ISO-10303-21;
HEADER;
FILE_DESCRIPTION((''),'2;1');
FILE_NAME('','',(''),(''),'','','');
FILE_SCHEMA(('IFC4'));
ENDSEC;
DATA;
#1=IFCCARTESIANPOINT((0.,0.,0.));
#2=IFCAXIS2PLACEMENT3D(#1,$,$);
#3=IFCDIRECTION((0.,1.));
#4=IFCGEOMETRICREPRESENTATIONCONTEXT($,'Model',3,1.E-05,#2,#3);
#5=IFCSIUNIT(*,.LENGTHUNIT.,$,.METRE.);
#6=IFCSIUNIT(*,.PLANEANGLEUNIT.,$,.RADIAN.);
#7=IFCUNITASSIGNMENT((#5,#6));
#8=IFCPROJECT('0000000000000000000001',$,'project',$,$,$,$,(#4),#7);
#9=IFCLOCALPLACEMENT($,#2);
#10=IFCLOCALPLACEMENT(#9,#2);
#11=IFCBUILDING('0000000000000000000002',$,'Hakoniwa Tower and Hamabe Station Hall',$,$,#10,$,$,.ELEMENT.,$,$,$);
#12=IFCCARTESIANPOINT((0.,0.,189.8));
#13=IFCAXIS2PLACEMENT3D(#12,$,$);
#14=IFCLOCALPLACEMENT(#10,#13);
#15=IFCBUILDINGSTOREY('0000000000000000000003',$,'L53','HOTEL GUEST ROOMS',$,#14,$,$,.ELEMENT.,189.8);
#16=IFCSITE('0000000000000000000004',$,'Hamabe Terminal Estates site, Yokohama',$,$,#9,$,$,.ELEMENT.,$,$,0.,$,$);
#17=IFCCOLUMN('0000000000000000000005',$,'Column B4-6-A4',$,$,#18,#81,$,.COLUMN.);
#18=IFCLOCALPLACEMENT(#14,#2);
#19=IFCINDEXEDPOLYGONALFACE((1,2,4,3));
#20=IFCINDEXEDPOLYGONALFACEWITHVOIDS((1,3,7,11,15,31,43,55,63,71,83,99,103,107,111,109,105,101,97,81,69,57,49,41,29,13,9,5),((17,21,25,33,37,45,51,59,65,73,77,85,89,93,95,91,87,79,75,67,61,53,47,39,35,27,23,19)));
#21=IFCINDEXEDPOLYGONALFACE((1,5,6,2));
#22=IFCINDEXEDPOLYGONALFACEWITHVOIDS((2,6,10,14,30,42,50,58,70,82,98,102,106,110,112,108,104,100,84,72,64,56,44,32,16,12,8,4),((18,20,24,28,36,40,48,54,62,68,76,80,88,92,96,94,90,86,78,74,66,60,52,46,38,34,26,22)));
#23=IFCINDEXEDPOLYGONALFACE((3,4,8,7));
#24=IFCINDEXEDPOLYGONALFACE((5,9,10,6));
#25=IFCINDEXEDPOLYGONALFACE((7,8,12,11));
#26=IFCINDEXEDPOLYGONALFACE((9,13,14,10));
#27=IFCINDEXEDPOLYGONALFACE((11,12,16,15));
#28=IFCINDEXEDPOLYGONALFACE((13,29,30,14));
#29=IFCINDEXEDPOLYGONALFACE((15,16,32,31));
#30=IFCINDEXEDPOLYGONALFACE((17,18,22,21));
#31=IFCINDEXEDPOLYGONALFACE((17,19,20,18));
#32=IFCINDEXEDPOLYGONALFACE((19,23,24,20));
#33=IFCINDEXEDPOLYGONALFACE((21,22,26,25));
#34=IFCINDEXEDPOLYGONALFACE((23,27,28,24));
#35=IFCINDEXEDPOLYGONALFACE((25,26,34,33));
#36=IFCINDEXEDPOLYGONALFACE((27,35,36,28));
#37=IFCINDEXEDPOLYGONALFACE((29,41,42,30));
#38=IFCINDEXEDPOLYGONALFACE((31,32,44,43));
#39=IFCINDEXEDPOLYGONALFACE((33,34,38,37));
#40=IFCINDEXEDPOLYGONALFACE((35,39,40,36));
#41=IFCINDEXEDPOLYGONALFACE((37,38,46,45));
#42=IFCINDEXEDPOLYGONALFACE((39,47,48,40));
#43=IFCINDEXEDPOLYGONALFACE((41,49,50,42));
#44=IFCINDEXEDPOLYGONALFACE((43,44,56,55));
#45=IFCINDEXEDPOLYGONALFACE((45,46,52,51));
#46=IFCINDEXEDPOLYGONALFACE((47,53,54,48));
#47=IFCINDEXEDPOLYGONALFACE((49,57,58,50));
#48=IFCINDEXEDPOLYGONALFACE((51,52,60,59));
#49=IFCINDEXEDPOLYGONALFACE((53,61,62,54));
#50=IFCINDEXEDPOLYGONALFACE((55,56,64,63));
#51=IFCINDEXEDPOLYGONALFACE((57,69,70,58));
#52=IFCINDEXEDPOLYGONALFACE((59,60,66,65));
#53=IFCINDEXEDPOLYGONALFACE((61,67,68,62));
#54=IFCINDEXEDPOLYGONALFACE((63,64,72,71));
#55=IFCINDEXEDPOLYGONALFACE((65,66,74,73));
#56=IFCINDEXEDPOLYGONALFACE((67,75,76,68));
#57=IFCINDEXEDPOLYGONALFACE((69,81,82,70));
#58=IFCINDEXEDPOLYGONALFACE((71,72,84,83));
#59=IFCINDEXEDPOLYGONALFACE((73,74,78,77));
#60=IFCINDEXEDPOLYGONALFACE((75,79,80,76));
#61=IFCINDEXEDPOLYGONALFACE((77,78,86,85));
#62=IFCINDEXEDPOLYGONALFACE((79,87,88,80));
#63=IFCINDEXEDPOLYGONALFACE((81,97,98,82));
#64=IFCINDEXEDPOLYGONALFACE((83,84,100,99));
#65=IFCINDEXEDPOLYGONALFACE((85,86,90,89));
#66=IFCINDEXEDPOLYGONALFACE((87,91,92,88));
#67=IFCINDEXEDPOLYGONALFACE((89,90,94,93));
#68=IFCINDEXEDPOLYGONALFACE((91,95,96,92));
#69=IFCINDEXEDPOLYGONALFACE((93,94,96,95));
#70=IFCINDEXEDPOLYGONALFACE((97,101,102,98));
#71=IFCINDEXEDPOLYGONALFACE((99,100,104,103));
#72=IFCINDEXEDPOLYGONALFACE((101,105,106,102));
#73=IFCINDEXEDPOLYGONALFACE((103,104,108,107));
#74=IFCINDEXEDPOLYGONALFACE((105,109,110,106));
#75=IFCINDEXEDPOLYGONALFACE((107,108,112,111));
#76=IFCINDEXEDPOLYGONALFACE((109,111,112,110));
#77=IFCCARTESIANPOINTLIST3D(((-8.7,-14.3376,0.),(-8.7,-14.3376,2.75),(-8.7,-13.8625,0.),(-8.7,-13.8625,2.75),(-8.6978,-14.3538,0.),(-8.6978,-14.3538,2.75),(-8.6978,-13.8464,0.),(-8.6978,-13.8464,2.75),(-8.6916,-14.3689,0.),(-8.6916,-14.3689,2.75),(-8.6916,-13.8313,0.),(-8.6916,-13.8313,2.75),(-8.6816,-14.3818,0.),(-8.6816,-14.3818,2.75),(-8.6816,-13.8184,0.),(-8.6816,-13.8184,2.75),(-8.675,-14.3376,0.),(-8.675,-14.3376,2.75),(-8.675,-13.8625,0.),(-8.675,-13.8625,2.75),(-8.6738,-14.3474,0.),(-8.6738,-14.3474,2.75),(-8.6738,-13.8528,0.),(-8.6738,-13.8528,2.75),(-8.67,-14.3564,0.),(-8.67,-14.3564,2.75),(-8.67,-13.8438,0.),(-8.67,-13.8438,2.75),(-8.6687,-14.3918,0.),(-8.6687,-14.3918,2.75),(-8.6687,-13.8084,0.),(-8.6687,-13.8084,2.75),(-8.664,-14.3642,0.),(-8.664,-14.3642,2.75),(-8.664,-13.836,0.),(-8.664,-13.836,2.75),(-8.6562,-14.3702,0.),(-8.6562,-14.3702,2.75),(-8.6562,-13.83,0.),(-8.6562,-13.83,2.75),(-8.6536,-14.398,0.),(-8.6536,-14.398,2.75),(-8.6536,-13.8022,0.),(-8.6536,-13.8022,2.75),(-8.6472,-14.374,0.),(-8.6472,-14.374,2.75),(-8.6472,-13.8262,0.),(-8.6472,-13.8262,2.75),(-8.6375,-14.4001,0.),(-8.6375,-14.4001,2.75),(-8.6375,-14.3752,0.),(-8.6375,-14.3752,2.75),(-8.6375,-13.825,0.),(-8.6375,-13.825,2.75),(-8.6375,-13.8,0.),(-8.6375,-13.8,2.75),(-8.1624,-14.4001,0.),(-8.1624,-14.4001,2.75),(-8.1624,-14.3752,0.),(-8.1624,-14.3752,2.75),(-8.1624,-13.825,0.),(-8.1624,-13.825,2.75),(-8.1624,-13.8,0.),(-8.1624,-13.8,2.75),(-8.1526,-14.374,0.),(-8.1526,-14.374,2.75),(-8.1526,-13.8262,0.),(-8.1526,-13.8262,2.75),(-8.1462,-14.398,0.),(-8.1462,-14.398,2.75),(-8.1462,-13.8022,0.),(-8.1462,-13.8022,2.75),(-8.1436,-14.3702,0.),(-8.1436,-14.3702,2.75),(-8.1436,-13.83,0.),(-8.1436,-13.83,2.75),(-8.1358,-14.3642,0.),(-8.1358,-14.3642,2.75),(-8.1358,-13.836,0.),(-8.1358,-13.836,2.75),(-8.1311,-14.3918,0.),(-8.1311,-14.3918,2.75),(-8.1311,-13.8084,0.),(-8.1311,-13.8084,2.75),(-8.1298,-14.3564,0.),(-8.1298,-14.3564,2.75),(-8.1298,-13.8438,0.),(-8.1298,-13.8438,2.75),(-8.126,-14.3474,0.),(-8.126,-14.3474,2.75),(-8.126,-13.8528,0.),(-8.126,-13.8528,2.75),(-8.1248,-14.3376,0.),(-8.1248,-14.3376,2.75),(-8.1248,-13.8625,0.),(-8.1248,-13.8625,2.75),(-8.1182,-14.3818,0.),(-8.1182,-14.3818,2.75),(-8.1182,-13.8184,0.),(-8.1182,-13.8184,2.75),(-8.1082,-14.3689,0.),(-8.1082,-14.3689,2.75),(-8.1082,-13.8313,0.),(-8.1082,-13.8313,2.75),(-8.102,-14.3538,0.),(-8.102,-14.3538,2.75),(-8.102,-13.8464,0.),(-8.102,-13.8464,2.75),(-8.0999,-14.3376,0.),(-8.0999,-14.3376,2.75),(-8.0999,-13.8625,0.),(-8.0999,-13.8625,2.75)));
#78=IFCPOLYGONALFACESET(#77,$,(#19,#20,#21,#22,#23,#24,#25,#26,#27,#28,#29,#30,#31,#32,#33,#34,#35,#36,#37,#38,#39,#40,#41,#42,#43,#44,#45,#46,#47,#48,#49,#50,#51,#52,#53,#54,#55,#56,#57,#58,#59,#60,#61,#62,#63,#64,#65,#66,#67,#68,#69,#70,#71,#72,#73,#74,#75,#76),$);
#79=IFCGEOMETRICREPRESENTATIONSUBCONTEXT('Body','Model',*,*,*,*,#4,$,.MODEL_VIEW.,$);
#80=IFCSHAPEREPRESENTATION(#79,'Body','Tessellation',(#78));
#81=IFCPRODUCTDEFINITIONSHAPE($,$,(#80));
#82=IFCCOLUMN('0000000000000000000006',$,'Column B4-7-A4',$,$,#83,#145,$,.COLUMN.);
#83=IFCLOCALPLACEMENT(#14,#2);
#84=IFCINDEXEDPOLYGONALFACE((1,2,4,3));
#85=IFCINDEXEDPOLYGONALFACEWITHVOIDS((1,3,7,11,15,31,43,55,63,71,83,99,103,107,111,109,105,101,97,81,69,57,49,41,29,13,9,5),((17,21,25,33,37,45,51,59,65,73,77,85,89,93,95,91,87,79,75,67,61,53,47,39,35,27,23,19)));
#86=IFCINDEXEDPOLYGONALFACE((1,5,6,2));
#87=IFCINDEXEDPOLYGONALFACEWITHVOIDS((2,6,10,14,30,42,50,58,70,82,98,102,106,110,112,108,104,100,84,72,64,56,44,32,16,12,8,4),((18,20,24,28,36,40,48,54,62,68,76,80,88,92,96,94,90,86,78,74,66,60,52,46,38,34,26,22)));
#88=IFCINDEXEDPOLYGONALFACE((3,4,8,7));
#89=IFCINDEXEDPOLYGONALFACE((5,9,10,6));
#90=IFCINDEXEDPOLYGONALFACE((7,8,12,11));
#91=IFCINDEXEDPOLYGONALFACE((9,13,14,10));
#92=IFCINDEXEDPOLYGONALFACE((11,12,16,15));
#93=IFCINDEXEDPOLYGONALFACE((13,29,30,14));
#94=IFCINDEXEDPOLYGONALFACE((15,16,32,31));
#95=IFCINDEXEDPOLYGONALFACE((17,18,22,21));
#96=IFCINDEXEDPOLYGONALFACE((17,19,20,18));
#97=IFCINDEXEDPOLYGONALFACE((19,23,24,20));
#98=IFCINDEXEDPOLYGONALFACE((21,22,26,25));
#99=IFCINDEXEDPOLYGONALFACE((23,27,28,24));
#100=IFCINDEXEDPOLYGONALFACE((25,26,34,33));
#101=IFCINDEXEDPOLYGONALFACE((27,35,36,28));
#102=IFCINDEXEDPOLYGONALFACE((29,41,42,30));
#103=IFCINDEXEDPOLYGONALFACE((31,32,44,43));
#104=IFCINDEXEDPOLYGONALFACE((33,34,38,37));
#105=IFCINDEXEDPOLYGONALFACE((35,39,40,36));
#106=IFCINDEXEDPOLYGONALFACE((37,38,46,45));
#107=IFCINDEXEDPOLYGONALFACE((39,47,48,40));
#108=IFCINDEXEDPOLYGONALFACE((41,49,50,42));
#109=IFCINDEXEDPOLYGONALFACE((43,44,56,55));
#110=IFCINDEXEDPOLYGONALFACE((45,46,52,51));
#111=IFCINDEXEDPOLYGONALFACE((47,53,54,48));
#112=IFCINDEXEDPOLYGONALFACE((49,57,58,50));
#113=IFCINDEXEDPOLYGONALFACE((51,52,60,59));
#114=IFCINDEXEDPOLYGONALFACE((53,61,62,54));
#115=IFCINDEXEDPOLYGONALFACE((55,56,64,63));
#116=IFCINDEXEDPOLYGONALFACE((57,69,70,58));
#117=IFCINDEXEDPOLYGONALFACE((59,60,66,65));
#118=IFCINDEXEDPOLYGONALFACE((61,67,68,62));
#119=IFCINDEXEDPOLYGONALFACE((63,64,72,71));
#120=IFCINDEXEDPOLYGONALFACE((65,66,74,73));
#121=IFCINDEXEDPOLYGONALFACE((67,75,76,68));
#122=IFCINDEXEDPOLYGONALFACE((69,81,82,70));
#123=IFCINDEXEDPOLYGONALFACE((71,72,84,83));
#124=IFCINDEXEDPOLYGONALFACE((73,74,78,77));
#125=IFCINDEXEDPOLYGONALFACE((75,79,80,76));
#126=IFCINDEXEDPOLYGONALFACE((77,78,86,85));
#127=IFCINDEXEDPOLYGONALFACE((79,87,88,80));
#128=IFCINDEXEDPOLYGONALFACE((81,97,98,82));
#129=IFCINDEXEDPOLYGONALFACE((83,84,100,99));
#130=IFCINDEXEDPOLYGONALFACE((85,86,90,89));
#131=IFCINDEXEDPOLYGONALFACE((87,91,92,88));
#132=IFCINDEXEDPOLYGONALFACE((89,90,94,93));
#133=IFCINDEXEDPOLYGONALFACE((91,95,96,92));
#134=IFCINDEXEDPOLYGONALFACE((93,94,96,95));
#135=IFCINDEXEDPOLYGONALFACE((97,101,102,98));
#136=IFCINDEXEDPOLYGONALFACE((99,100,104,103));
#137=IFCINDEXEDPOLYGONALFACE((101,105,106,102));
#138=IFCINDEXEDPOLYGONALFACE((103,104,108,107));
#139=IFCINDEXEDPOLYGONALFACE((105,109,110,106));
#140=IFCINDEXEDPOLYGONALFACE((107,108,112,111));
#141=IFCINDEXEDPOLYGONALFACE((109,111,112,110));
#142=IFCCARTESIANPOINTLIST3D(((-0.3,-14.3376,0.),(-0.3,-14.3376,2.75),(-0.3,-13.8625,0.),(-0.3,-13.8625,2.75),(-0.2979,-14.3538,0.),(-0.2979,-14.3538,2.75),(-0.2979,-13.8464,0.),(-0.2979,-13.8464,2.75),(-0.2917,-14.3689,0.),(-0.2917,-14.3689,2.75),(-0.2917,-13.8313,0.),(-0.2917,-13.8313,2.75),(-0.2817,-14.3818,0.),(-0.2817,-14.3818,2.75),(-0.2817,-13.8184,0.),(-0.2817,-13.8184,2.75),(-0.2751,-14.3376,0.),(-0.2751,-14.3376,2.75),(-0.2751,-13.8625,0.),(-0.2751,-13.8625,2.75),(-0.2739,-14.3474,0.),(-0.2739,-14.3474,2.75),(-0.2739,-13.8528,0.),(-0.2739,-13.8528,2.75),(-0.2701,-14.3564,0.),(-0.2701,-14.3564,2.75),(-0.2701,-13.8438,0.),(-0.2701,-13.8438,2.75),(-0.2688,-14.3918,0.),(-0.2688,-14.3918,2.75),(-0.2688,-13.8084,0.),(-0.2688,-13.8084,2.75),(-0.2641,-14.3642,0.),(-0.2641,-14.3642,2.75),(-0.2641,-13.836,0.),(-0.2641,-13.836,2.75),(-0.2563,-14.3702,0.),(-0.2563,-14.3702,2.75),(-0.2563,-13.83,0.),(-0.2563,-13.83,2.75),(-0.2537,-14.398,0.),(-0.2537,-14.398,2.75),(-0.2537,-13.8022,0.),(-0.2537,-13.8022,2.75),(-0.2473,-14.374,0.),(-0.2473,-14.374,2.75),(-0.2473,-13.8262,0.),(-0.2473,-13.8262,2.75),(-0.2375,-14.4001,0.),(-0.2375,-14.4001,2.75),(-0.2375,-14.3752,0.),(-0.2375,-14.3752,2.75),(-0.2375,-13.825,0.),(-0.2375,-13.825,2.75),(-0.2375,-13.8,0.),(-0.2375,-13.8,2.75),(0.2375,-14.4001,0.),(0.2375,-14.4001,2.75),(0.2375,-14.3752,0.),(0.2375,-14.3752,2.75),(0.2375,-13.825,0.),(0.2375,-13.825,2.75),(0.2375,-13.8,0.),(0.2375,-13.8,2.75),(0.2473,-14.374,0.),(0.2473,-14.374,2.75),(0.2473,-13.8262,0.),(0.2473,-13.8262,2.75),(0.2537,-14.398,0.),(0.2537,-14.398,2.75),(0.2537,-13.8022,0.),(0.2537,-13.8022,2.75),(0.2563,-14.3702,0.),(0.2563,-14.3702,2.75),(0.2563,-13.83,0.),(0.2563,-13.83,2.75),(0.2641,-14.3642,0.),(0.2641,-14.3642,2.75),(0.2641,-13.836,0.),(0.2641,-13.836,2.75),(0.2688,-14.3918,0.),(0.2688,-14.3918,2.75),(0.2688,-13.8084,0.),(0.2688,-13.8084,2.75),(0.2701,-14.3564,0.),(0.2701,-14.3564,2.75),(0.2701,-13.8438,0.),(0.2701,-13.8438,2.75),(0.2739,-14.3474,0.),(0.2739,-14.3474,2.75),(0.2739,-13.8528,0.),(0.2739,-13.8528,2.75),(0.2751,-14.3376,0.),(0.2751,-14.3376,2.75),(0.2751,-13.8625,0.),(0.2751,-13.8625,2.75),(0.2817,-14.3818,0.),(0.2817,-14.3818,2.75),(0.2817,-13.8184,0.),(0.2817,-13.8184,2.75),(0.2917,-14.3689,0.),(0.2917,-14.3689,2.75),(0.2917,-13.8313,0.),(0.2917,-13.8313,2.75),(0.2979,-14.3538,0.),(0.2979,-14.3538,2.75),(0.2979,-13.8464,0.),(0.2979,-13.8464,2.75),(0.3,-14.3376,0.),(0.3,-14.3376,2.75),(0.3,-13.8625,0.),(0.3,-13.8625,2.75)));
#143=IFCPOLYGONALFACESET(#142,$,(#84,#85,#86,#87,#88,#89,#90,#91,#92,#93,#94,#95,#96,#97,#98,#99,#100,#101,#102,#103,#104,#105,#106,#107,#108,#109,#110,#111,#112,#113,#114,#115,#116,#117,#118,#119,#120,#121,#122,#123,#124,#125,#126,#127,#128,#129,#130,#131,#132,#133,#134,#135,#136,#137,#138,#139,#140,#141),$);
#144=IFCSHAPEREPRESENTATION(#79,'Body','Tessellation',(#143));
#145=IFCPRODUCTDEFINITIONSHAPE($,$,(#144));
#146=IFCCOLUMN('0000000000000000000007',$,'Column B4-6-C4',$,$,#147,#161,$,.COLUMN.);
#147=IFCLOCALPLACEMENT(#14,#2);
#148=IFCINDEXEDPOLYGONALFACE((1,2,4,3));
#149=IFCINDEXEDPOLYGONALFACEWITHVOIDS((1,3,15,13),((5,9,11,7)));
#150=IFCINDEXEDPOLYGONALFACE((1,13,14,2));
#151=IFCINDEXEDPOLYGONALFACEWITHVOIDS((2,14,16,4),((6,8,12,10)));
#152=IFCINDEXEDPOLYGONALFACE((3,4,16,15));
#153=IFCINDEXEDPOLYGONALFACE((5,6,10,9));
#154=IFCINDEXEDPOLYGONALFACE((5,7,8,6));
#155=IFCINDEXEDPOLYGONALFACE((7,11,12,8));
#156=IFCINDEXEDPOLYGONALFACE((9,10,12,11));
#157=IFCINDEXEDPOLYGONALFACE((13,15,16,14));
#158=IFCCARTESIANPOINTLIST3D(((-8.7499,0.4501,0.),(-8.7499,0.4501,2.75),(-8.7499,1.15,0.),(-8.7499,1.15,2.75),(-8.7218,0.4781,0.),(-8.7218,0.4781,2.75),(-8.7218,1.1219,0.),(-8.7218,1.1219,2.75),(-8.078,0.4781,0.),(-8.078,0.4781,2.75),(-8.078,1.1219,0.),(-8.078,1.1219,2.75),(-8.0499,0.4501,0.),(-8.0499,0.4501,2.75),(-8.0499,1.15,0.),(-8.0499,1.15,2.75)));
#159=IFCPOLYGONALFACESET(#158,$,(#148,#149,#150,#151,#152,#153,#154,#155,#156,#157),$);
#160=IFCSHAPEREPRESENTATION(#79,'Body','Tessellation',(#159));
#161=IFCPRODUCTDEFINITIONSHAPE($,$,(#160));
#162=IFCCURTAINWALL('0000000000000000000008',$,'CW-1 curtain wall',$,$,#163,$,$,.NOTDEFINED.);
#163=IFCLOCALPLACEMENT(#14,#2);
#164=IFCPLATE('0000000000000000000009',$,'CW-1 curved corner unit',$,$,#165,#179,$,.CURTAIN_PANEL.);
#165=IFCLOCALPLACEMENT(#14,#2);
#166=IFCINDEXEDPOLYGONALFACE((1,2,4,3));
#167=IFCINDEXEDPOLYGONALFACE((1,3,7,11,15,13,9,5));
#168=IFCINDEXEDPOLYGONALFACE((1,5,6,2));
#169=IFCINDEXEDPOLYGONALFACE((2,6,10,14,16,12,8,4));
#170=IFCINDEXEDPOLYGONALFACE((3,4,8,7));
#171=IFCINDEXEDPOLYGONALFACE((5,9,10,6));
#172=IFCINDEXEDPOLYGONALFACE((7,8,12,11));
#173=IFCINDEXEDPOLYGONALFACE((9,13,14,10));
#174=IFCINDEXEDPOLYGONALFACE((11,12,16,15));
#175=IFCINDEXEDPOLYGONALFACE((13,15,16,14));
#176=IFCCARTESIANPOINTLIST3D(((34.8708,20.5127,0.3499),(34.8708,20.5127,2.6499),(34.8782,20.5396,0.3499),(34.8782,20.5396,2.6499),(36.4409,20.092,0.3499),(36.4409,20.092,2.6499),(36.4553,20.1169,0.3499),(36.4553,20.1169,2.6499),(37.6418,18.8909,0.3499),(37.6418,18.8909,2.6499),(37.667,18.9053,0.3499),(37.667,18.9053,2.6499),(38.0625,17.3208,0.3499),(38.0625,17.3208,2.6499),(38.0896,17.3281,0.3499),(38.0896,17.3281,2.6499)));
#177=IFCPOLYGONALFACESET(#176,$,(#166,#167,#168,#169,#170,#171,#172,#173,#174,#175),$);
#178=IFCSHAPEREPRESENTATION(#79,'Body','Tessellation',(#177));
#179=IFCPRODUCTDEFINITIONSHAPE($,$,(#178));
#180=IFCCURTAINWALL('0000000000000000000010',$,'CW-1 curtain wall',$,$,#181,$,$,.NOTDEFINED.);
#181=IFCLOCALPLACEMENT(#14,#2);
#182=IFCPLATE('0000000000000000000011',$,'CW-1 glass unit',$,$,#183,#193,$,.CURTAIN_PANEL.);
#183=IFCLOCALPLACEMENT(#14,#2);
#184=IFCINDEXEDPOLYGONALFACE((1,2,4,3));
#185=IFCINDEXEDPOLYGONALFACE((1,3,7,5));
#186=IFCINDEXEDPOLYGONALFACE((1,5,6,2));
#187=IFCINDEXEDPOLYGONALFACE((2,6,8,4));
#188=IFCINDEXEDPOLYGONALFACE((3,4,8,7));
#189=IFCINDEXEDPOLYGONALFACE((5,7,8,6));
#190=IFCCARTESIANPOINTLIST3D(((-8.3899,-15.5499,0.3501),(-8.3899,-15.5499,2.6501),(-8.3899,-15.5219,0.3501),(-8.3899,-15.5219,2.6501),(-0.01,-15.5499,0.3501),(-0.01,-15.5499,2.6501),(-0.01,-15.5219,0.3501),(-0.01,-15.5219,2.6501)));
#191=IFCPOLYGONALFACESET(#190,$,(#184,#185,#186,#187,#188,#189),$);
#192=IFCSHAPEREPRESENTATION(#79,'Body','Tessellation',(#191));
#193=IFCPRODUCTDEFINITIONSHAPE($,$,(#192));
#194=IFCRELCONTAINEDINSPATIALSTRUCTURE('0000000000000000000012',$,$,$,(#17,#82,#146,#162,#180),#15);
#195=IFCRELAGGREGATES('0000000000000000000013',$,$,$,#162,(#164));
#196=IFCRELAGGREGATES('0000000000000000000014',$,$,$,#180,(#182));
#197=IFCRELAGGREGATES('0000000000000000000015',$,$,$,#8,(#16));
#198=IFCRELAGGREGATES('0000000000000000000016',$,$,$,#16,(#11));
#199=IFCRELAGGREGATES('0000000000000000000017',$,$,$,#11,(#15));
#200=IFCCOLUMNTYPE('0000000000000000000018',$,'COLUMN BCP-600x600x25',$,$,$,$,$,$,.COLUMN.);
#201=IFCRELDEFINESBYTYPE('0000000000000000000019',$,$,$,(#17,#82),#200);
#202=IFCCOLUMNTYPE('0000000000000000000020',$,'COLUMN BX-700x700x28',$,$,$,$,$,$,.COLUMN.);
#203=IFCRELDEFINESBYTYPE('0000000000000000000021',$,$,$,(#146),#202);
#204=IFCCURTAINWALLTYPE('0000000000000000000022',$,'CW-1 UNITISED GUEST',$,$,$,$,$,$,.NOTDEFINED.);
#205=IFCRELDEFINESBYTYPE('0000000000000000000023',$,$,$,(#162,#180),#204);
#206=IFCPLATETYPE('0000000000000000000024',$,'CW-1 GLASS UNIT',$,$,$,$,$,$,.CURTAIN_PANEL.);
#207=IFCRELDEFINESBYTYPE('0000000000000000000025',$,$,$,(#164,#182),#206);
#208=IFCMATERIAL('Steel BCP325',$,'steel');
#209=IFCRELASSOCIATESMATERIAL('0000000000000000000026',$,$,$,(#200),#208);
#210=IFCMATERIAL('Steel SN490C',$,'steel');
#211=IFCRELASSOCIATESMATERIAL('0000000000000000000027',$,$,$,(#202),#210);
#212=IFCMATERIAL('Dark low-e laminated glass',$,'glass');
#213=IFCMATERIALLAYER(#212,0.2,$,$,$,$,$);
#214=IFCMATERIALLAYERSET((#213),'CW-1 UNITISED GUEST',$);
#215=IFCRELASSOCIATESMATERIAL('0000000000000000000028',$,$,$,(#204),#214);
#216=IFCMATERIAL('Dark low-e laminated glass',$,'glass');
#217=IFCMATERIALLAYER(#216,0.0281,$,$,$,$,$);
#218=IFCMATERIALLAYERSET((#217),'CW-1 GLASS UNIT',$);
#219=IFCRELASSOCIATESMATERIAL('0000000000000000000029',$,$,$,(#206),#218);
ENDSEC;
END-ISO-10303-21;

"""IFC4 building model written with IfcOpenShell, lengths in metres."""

from ifc_helpers import new_model, si_unit, direction, frame, origin, origin_2d, place, context, subcontext, project, spatial, polyline, rectangle, hollow_rectangle, outline, extrude, material, layer, layer_set, material_profile, profile_set, type_object, element, aggregate, save


model = new_model("IFC4")

# Units and contexts
model_context = context("Model", 3, precision=1e-05, world=origin(), true_north=direction((0.0, 1.0)))
body_context = subcontext(model_context, "Body", "Model", "MODEL_VIEW")
ifc_project = project(units=[si_unit("LENGTHUNIT", "METRE"), si_unit("PLANEANGLEUNIT", "RADIAN")], contexts=[model_context])

# Site, building, storey
site_placement = place(None, origin())
site = spatial("IfcSite", under=ifc_project, at=site_placement, Name="Hamabe Terminal Estates site, Yokohama", CompositionType="ELEMENT", RefElevation=0.0)
building_placement = place(site_placement, origin())
building = spatial("IfcBuilding", under=site, at=building_placement, Name="Hakoniwa Tower and Hamabe Station Hall", CompositionType="ELEMENT")
storey_placement = place(building_placement, frame((0.0, 0.0, 189.8)))
storey = spatial("IfcBuildingStorey", under=building, at=storey_placement, Name="L53", Description="HOTEL GUEST ROOMS", CompositionType="ELEMENT", Elevation=189.8)

# Columns
ifc_material_1 = material(Name="Steel BCP325", Category="steel")
ifc_material_profile_1 = material_profile(ifc_material_1, hollow_rectangle(XDim=0.6001, YDim=0.6001, WallThickness=0.0249, InnerFilletRadius=0.0376, OuterFilletRadius=0.0625, at=origin_2d()), Name="BCP-600x600x25")
ifc_profile_set_1 = profile_set([ifc_material_profile_1], Name="Steel BCP325")
column_type_1 = type_object("IfcColumnType", Name="COLUMN BCP-600x600x25", PredefinedType="COLUMN", material=ifc_profile_set_1)
for number, where, z_axis, x_axis, name in (
    (1, (-8.3999, -14.1001, 0.0), (0.0, 0.0, 1.0), (1.0, 0.0, 0.0), "Column B4-6-A4"),
    (2, (0.0, -14.1001, 0.0), (0.0, 0.0, 1.0), (1.0, 0.0, 0.0), "Column B4-7-A4"),
):
    element("IfcColumn", number, at=place(storey_placement, frame(where, z_axis=z_axis, x_axis=x_axis)), inside=storey, type_object=column_type_1, Name=name, PredefinedType="COLUMN", context=body_context, shape_type="SweptSolid", body=[
        extrude(hollow_rectangle(XDim=0.6001, YDim=0.6001, WallThickness=0.0249, InnerFilletRadius=0.0376, OuterFilletRadius=0.0625, at=origin_2d()), origin(), (0.0, 0.0, 1.0), 2.75),
    ])
ifc_material_2 = material(Name="Steel SN490C", Category="steel")
ifc_material_profile_2 = material_profile(ifc_material_2, hollow_rectangle(XDim=0.7, YDim=0.7, WallThickness=0.0281, at=origin_2d()), Name="BX-700x700x28")
ifc_profile_set_2 = profile_set([ifc_material_profile_2], Name="Steel SN490C")
column_type_2 = type_object("IfcColumnType", Name="COLUMN BX-700x700x28", PredefinedType="COLUMN", material=ifc_profile_set_2)
column_placement = place(storey_placement, frame((-8.3999, 0.8, 0.0), z_axis=(0.0, 0.0, 1.0), x_axis=(1.0, 0.0, 0.0)))
element("IfcColumn", 3, at=column_placement, inside=storey, type_object=column_type_2, Name="Column B4-6-C4", PredefinedType="COLUMN", context=body_context, shape_type="SweptSolid", body=[
    extrude(hollow_rectangle(XDim=0.7, YDim=0.7, WallThickness=0.0281, at=origin_2d()), origin(), (0.0, 0.0, 1.0), 2.75),
])

# Curtain walls, plates
ifc_material_3 = material(Name="Dark low-e laminated glass", Category="glass")
ifc_layer_1 = layer(ifc_material_3, 0.2)
ifc_layer_set_1 = layer_set([ifc_layer_1], Name="CW-1 UNITISED GUEST")
curtain_wall_type = type_object("IfcCurtainWallType", Name="CW-1 UNITISED GUEST", PredefinedType="NOTDEFINED", material=ifc_layer_set_1)
curtain_wall_1_placement = place(storey_placement, origin())
curtain_wall_1 = element("IfcCurtainWall", 4, at=curtain_wall_1_placement, inside=storey, type_object=curtain_wall_type, Name="CW-1 curtain wall", PredefinedType="NOTDEFINED")
ifc_material_4 = material(Name="Dark low-e laminated glass", Category="glass")
ifc_layer_2 = layer(ifc_material_4, 0.0281)
ifc_layer_set_2 = layer_set([ifc_layer_2], Name="CW-1 GLASS UNIT")
plate_type = type_object("IfcPlateType", Name="CW-1 GLASS UNIT", PredefinedType="CURTAIN_PANEL", material=ifc_layer_set_2)
plate_1_placement = place(storey_placement, frame((0.0, 0.0, 0.3499)))
plate_1 = element("IfcPlate", 5, at=plate_1_placement, type_object=plate_type, Name="CW-1 curved corner unit", PredefinedType="CURTAIN_PANEL", context=body_context, shape_type="SweptSolid", body=[
    extrude(outline(polyline([(38.0896, 17.3281), (37.667, 18.9053), (36.4553, 20.1169), (34.8782, 20.5396), (34.8708, 20.5127), (36.4409, 20.092), (37.6418, 18.8909), (38.0625, 17.3208), (38.0896, 17.3281)])), origin(), (0.0, 0.0, 1.0), 2.3),
])
aggregate(curtain_wall_1, [plate_1])
curtain_wall_2_placement = place(storey_placement, origin())
curtain_wall_2 = element("IfcCurtainWall", 6, at=curtain_wall_2_placement, inside=storey, type_object=curtain_wall_type, Name="CW-1 curtain wall", PredefinedType="NOTDEFINED")
plate_2_placement = place(storey_placement, frame((-4.2, -15.5359, 0.3501), z_axis=(0.0, 0.0, 1.0), x_axis=(1.0, 0.0, 0.0)))
plate_2 = element("IfcPlate", 7, at=plate_2_placement, type_object=plate_type, Name="CW-1 glass unit", PredefinedType="CURTAIN_PANEL", context=body_context, shape_type="SweptSolid", body=[
    extrude(rectangle(XDim=8.3799, YDim=0.0281, at=origin_2d()), origin(), (0.0, 0.0, 1.0), 2.3),
])
aggregate(curtain_wall_2, [plate_2])

save(model, "model.ifc")
